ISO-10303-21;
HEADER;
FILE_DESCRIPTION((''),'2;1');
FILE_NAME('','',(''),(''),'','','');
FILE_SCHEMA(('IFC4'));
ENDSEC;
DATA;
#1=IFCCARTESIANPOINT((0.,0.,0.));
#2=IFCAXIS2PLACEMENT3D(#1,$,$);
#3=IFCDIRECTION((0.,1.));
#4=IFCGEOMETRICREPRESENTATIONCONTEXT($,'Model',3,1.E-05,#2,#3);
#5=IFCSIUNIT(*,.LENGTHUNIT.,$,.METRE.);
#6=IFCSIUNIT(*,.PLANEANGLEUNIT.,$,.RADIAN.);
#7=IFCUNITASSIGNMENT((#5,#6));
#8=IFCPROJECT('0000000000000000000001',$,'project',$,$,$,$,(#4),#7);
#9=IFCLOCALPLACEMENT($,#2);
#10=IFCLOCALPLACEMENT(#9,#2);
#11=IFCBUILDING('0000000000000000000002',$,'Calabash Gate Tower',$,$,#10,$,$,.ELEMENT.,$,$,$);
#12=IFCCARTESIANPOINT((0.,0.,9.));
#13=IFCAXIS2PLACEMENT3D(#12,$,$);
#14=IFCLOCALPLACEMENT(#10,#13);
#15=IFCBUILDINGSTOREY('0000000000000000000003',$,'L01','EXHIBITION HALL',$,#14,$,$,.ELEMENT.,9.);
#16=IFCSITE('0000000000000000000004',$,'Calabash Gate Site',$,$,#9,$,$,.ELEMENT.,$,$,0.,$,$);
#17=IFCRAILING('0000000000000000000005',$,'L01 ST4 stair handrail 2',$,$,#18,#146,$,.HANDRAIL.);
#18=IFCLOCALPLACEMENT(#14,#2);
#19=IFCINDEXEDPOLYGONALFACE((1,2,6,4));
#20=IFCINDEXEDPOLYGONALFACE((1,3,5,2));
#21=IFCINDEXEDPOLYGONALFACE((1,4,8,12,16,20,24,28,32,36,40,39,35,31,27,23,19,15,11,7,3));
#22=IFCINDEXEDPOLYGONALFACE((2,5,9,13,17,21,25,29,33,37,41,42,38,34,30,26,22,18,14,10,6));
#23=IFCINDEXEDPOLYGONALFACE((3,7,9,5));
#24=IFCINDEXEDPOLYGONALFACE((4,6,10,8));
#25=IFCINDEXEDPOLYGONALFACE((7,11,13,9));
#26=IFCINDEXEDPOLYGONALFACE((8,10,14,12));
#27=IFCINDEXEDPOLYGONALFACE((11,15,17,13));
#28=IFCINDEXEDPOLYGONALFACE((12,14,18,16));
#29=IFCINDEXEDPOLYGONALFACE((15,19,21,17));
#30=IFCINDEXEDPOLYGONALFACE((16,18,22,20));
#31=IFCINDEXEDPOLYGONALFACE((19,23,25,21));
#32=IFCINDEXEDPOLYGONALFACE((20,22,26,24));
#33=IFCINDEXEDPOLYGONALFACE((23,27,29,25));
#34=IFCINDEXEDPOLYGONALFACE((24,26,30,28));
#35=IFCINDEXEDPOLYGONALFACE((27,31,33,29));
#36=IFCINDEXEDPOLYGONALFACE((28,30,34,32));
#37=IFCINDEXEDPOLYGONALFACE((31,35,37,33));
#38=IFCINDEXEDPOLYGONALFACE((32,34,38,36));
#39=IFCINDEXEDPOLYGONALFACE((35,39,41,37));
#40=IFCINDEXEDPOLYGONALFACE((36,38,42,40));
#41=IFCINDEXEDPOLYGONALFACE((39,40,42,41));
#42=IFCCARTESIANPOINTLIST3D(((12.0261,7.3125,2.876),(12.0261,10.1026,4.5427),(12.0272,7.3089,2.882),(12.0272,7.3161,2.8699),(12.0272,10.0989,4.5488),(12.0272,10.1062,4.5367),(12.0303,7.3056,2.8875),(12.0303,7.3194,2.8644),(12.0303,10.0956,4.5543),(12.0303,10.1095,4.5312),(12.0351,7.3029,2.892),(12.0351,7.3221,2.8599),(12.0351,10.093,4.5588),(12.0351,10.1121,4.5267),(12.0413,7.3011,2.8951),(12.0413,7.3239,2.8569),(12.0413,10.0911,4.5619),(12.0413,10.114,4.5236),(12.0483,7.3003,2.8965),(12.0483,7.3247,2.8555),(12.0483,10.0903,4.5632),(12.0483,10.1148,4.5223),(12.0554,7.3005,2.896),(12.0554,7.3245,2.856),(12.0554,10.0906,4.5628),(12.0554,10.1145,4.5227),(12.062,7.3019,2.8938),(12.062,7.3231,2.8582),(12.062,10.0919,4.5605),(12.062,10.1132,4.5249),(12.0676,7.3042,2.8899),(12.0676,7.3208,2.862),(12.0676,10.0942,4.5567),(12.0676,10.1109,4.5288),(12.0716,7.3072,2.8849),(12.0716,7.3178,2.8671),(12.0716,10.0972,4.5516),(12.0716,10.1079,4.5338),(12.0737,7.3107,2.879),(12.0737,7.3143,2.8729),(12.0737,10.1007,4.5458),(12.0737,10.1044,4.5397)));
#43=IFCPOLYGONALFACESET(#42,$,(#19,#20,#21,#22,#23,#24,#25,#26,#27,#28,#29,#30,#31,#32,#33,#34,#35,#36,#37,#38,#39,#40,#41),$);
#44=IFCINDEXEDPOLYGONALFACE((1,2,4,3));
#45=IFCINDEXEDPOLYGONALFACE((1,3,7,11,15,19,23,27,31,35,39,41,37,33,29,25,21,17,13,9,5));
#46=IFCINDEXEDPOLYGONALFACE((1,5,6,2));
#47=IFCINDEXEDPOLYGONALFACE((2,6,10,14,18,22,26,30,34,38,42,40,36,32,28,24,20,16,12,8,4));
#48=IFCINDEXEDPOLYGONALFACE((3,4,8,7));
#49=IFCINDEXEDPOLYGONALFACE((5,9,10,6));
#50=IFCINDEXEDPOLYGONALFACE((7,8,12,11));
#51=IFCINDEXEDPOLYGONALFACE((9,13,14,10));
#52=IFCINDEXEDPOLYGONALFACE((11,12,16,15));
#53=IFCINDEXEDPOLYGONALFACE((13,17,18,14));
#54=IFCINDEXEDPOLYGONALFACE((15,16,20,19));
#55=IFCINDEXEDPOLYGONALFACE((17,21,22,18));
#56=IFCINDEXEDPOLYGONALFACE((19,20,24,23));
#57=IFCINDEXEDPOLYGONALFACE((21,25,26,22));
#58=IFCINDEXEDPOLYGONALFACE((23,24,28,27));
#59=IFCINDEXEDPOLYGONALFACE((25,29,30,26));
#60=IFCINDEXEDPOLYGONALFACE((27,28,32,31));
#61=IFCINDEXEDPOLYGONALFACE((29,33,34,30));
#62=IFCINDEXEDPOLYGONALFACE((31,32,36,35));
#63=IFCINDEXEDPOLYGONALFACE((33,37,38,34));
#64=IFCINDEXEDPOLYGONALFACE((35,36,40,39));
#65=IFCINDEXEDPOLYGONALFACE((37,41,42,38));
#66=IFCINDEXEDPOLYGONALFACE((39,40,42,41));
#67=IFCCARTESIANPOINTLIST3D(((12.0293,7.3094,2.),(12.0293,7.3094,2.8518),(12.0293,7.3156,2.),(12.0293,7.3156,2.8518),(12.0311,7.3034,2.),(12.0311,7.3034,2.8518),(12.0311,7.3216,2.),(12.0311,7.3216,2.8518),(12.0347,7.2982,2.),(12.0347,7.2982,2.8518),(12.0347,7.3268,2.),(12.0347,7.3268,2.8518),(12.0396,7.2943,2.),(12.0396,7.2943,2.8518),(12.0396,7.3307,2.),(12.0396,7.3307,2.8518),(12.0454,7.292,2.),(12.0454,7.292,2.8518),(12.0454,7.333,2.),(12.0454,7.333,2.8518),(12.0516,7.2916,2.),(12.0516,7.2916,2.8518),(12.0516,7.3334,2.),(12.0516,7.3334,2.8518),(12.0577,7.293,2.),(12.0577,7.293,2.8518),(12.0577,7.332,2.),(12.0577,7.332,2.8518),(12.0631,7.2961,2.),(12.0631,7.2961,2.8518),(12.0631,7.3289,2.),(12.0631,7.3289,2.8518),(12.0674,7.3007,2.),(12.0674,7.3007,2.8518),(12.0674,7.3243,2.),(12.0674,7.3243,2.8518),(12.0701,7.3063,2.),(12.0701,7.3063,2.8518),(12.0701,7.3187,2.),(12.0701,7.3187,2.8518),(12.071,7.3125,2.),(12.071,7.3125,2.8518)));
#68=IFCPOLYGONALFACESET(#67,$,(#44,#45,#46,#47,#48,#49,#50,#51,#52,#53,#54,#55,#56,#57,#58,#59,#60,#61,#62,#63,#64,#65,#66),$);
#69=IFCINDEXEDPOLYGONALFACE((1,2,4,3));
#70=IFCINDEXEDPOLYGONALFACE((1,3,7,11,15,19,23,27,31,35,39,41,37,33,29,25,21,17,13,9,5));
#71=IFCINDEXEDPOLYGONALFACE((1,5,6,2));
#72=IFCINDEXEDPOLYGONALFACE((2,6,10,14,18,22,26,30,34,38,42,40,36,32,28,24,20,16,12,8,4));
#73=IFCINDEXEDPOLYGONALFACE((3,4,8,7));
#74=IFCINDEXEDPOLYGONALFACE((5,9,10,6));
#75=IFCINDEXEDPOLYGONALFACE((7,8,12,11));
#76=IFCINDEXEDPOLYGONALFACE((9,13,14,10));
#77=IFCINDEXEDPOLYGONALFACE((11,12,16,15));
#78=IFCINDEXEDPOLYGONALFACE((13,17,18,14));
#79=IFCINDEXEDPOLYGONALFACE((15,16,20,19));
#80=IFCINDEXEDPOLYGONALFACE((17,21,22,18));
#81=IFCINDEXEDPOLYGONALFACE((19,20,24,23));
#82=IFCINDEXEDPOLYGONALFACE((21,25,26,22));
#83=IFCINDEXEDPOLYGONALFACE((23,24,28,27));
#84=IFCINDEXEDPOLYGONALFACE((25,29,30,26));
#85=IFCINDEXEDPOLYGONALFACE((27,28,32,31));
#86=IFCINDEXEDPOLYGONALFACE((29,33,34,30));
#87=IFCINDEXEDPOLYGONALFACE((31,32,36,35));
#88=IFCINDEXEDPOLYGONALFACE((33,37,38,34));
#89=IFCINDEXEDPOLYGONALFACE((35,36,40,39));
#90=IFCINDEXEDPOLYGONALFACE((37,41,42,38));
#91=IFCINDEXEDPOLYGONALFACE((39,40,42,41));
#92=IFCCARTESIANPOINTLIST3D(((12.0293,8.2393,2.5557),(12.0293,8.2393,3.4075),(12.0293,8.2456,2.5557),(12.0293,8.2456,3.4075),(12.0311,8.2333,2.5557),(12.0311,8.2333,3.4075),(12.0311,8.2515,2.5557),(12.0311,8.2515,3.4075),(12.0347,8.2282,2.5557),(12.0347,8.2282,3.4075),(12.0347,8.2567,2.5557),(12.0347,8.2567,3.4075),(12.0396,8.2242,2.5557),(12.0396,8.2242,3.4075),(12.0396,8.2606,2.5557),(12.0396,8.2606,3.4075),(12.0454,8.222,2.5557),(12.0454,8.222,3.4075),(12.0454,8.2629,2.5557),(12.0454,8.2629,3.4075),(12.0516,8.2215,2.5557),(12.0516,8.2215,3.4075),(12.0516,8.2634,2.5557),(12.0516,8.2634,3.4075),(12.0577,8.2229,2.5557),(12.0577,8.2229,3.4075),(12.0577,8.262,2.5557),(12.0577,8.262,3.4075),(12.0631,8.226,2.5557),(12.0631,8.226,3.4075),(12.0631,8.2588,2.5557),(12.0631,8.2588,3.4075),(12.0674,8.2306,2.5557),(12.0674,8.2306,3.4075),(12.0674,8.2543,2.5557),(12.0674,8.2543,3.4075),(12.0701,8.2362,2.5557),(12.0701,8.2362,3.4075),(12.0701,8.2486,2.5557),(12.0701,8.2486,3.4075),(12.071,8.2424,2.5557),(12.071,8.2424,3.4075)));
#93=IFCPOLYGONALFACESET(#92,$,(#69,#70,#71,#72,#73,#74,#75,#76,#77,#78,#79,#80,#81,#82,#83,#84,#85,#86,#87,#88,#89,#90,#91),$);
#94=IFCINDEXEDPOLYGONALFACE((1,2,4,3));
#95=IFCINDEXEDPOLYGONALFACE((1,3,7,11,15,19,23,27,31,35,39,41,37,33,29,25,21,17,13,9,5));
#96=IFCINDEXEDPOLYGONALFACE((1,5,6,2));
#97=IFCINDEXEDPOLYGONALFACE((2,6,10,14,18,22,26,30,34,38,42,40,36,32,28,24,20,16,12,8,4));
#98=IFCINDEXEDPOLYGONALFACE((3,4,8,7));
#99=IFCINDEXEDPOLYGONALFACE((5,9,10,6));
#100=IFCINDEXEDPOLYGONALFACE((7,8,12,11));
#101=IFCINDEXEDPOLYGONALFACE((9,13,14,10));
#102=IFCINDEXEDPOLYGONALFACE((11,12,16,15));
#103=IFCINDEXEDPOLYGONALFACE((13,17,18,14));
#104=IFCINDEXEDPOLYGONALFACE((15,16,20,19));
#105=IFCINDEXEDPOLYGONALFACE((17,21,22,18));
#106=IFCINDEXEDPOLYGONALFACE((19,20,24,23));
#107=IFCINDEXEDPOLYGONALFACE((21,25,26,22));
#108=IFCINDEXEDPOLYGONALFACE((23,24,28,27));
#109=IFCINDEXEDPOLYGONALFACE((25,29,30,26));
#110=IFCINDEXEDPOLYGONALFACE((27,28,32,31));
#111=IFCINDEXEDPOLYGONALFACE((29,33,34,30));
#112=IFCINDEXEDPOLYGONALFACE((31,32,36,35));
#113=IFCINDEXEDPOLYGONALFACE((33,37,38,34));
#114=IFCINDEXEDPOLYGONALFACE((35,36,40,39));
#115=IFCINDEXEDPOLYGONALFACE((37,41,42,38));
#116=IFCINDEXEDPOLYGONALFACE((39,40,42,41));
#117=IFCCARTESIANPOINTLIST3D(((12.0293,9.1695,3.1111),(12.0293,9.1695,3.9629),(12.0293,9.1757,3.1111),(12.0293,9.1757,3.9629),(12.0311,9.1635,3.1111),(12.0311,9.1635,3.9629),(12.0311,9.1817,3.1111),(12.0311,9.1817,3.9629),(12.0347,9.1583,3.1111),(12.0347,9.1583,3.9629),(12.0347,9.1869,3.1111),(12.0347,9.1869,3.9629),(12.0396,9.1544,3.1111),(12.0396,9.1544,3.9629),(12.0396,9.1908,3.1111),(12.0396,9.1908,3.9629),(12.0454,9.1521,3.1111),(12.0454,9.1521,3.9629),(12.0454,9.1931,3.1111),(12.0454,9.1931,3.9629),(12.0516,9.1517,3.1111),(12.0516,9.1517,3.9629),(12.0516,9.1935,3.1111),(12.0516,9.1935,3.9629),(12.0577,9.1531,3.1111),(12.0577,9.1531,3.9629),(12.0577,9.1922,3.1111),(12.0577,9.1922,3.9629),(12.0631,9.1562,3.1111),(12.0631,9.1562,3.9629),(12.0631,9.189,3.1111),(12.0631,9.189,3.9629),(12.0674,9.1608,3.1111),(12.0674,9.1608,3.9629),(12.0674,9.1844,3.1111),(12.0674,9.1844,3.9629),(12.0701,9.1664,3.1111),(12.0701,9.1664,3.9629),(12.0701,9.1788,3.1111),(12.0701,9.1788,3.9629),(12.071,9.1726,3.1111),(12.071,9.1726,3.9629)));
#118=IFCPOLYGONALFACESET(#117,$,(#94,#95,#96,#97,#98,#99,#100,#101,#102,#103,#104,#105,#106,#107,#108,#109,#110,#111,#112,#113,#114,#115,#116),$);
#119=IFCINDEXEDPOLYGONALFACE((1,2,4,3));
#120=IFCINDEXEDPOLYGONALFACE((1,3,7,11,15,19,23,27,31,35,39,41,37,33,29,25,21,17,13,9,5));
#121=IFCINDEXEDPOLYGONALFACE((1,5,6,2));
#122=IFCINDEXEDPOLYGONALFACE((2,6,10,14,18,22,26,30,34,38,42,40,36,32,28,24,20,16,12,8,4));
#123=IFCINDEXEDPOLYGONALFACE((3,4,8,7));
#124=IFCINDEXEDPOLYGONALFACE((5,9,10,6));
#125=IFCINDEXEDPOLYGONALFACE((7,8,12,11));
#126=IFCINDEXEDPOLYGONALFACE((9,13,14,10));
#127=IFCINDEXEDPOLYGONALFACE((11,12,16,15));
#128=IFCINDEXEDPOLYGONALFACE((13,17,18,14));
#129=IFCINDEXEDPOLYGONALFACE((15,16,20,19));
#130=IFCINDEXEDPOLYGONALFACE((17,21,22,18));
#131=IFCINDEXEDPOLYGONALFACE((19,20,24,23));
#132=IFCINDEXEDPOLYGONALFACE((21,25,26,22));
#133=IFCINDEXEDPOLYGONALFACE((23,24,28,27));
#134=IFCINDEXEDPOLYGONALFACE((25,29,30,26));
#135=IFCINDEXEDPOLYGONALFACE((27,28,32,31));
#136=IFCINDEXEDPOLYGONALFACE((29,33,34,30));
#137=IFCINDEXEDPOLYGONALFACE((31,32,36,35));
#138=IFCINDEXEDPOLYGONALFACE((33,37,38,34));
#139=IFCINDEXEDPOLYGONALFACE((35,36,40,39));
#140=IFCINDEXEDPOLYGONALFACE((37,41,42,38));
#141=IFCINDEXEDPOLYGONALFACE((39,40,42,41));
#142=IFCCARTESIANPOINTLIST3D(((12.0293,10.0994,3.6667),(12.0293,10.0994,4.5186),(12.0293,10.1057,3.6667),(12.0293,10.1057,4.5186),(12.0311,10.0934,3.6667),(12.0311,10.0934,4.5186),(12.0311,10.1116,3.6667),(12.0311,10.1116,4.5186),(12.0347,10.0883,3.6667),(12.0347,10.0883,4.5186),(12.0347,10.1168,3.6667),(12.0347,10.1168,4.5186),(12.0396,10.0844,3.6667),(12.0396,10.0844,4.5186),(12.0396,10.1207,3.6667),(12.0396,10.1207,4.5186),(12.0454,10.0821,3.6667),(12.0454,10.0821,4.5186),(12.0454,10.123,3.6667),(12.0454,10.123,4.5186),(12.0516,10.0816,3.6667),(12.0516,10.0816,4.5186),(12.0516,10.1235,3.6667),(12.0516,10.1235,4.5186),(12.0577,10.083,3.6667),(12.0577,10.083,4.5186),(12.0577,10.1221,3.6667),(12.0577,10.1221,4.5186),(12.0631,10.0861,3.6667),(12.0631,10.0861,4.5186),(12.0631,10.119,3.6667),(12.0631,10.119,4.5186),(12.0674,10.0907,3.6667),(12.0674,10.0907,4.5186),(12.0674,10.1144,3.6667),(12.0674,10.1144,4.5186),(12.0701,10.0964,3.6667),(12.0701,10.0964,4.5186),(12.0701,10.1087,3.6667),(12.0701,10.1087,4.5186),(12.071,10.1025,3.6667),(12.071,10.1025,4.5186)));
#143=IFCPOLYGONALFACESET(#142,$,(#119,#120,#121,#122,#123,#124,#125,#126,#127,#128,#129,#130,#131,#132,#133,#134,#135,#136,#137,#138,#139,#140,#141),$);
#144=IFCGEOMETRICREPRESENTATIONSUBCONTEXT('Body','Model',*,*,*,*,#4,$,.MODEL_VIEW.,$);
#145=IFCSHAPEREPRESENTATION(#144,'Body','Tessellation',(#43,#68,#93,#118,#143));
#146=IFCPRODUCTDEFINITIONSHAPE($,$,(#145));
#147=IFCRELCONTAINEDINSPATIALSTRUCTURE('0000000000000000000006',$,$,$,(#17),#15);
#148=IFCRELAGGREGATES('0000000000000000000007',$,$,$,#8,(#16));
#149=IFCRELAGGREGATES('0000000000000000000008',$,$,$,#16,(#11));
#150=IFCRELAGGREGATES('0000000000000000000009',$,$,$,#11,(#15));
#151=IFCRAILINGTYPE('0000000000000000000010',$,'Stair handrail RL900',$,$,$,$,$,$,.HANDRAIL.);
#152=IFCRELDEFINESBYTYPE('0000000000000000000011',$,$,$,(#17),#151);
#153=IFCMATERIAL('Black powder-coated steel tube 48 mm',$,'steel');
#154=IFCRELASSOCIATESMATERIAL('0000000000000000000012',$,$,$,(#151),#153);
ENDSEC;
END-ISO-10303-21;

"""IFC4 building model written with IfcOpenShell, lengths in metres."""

from ifc_helpers import new_model, si_unit, direction, frame, origin, origin_2d, place, context, subcontext, project, spatial, circle, extrude, material, type_object, element, save


model = new_model("IFC4")

# Units and contexts
model_context = context("Model", 3, precision=1e-05, world=origin(), true_north=direction((0.0, 1.0)))
body_context = subcontext(model_context, "Body", "Model", "MODEL_VIEW")
ifc_project = project(units=[si_unit("LENGTHUNIT", "METRE"), si_unit("PLANEANGLEUNIT", "RADIAN")], contexts=[model_context])

# Site, building, storey
site_placement = place(None, origin())
site = spatial("IfcSite", under=ifc_project, at=site_placement, Name="Calabash Gate Site", CompositionType="ELEMENT", RefElevation=0.0)
building_placement = place(site_placement, origin())
building = spatial("IfcBuilding", under=site, at=building_placement, Name="Calabash Gate Tower", CompositionType="ELEMENT")
storey_placement = place(building_placement, frame((0.0, 0.0, 9.0)))
storey = spatial("IfcBuildingStorey", under=building, at=storey_placement, Name="L01", Description="EXHIBITION HALL", CompositionType="ELEMENT", Elevation=9.0)

# Railing
ifc_material_1 = material(Name="Black powder-coated steel tube 48 mm", Category="steel")
railing_type_1 = type_object("IfcRailingType", Name="Stair handrail RL900", PredefinedType="HANDRAIL", material=ifc_material_1)
railing_1_placement = place(storey_placement, frame((12.05, 7.3125, 2.0)))
element("IfcRailing", 1, at=railing_1_placement, inside=storey, type_object=railing_type_1, Name="L01 ST4 stair handrail 2", PredefinedType="HANDRAIL", context=body_context, shape_type="SweptSolid", body=[
    extrude(circle(Radius=0.0239, at=origin_2d()), frame((0.0, 0.0, 0.876), z_axis=(0.0, 0.858479, 0.512849), x_axis=(-1.0, 0.0, 0.0)), (0.0, 0.0, 1.0), 3.25),
    extrude(circle(Radius=0.021, at=origin_2d()), origin(), (0.0, 0.0, 1.0), 0.8518),
    extrude(circle(Radius=0.021, at=origin_2d()), frame((0.0, 0.9299, 0.5557)), (0.0, 0.0, 1.0), 0.8518),
    extrude(circle(Radius=0.021, at=origin_2d()), frame((0.0, 1.8601, 1.1111)), (0.0, 0.0, 1.0), 0.8518),
    extrude(circle(Radius=0.021, at=origin_2d()), frame((0.0, 2.79, 1.6667)), (0.0, 0.0, 1.0), 0.8518),
])

save(model, "model.ifc")
